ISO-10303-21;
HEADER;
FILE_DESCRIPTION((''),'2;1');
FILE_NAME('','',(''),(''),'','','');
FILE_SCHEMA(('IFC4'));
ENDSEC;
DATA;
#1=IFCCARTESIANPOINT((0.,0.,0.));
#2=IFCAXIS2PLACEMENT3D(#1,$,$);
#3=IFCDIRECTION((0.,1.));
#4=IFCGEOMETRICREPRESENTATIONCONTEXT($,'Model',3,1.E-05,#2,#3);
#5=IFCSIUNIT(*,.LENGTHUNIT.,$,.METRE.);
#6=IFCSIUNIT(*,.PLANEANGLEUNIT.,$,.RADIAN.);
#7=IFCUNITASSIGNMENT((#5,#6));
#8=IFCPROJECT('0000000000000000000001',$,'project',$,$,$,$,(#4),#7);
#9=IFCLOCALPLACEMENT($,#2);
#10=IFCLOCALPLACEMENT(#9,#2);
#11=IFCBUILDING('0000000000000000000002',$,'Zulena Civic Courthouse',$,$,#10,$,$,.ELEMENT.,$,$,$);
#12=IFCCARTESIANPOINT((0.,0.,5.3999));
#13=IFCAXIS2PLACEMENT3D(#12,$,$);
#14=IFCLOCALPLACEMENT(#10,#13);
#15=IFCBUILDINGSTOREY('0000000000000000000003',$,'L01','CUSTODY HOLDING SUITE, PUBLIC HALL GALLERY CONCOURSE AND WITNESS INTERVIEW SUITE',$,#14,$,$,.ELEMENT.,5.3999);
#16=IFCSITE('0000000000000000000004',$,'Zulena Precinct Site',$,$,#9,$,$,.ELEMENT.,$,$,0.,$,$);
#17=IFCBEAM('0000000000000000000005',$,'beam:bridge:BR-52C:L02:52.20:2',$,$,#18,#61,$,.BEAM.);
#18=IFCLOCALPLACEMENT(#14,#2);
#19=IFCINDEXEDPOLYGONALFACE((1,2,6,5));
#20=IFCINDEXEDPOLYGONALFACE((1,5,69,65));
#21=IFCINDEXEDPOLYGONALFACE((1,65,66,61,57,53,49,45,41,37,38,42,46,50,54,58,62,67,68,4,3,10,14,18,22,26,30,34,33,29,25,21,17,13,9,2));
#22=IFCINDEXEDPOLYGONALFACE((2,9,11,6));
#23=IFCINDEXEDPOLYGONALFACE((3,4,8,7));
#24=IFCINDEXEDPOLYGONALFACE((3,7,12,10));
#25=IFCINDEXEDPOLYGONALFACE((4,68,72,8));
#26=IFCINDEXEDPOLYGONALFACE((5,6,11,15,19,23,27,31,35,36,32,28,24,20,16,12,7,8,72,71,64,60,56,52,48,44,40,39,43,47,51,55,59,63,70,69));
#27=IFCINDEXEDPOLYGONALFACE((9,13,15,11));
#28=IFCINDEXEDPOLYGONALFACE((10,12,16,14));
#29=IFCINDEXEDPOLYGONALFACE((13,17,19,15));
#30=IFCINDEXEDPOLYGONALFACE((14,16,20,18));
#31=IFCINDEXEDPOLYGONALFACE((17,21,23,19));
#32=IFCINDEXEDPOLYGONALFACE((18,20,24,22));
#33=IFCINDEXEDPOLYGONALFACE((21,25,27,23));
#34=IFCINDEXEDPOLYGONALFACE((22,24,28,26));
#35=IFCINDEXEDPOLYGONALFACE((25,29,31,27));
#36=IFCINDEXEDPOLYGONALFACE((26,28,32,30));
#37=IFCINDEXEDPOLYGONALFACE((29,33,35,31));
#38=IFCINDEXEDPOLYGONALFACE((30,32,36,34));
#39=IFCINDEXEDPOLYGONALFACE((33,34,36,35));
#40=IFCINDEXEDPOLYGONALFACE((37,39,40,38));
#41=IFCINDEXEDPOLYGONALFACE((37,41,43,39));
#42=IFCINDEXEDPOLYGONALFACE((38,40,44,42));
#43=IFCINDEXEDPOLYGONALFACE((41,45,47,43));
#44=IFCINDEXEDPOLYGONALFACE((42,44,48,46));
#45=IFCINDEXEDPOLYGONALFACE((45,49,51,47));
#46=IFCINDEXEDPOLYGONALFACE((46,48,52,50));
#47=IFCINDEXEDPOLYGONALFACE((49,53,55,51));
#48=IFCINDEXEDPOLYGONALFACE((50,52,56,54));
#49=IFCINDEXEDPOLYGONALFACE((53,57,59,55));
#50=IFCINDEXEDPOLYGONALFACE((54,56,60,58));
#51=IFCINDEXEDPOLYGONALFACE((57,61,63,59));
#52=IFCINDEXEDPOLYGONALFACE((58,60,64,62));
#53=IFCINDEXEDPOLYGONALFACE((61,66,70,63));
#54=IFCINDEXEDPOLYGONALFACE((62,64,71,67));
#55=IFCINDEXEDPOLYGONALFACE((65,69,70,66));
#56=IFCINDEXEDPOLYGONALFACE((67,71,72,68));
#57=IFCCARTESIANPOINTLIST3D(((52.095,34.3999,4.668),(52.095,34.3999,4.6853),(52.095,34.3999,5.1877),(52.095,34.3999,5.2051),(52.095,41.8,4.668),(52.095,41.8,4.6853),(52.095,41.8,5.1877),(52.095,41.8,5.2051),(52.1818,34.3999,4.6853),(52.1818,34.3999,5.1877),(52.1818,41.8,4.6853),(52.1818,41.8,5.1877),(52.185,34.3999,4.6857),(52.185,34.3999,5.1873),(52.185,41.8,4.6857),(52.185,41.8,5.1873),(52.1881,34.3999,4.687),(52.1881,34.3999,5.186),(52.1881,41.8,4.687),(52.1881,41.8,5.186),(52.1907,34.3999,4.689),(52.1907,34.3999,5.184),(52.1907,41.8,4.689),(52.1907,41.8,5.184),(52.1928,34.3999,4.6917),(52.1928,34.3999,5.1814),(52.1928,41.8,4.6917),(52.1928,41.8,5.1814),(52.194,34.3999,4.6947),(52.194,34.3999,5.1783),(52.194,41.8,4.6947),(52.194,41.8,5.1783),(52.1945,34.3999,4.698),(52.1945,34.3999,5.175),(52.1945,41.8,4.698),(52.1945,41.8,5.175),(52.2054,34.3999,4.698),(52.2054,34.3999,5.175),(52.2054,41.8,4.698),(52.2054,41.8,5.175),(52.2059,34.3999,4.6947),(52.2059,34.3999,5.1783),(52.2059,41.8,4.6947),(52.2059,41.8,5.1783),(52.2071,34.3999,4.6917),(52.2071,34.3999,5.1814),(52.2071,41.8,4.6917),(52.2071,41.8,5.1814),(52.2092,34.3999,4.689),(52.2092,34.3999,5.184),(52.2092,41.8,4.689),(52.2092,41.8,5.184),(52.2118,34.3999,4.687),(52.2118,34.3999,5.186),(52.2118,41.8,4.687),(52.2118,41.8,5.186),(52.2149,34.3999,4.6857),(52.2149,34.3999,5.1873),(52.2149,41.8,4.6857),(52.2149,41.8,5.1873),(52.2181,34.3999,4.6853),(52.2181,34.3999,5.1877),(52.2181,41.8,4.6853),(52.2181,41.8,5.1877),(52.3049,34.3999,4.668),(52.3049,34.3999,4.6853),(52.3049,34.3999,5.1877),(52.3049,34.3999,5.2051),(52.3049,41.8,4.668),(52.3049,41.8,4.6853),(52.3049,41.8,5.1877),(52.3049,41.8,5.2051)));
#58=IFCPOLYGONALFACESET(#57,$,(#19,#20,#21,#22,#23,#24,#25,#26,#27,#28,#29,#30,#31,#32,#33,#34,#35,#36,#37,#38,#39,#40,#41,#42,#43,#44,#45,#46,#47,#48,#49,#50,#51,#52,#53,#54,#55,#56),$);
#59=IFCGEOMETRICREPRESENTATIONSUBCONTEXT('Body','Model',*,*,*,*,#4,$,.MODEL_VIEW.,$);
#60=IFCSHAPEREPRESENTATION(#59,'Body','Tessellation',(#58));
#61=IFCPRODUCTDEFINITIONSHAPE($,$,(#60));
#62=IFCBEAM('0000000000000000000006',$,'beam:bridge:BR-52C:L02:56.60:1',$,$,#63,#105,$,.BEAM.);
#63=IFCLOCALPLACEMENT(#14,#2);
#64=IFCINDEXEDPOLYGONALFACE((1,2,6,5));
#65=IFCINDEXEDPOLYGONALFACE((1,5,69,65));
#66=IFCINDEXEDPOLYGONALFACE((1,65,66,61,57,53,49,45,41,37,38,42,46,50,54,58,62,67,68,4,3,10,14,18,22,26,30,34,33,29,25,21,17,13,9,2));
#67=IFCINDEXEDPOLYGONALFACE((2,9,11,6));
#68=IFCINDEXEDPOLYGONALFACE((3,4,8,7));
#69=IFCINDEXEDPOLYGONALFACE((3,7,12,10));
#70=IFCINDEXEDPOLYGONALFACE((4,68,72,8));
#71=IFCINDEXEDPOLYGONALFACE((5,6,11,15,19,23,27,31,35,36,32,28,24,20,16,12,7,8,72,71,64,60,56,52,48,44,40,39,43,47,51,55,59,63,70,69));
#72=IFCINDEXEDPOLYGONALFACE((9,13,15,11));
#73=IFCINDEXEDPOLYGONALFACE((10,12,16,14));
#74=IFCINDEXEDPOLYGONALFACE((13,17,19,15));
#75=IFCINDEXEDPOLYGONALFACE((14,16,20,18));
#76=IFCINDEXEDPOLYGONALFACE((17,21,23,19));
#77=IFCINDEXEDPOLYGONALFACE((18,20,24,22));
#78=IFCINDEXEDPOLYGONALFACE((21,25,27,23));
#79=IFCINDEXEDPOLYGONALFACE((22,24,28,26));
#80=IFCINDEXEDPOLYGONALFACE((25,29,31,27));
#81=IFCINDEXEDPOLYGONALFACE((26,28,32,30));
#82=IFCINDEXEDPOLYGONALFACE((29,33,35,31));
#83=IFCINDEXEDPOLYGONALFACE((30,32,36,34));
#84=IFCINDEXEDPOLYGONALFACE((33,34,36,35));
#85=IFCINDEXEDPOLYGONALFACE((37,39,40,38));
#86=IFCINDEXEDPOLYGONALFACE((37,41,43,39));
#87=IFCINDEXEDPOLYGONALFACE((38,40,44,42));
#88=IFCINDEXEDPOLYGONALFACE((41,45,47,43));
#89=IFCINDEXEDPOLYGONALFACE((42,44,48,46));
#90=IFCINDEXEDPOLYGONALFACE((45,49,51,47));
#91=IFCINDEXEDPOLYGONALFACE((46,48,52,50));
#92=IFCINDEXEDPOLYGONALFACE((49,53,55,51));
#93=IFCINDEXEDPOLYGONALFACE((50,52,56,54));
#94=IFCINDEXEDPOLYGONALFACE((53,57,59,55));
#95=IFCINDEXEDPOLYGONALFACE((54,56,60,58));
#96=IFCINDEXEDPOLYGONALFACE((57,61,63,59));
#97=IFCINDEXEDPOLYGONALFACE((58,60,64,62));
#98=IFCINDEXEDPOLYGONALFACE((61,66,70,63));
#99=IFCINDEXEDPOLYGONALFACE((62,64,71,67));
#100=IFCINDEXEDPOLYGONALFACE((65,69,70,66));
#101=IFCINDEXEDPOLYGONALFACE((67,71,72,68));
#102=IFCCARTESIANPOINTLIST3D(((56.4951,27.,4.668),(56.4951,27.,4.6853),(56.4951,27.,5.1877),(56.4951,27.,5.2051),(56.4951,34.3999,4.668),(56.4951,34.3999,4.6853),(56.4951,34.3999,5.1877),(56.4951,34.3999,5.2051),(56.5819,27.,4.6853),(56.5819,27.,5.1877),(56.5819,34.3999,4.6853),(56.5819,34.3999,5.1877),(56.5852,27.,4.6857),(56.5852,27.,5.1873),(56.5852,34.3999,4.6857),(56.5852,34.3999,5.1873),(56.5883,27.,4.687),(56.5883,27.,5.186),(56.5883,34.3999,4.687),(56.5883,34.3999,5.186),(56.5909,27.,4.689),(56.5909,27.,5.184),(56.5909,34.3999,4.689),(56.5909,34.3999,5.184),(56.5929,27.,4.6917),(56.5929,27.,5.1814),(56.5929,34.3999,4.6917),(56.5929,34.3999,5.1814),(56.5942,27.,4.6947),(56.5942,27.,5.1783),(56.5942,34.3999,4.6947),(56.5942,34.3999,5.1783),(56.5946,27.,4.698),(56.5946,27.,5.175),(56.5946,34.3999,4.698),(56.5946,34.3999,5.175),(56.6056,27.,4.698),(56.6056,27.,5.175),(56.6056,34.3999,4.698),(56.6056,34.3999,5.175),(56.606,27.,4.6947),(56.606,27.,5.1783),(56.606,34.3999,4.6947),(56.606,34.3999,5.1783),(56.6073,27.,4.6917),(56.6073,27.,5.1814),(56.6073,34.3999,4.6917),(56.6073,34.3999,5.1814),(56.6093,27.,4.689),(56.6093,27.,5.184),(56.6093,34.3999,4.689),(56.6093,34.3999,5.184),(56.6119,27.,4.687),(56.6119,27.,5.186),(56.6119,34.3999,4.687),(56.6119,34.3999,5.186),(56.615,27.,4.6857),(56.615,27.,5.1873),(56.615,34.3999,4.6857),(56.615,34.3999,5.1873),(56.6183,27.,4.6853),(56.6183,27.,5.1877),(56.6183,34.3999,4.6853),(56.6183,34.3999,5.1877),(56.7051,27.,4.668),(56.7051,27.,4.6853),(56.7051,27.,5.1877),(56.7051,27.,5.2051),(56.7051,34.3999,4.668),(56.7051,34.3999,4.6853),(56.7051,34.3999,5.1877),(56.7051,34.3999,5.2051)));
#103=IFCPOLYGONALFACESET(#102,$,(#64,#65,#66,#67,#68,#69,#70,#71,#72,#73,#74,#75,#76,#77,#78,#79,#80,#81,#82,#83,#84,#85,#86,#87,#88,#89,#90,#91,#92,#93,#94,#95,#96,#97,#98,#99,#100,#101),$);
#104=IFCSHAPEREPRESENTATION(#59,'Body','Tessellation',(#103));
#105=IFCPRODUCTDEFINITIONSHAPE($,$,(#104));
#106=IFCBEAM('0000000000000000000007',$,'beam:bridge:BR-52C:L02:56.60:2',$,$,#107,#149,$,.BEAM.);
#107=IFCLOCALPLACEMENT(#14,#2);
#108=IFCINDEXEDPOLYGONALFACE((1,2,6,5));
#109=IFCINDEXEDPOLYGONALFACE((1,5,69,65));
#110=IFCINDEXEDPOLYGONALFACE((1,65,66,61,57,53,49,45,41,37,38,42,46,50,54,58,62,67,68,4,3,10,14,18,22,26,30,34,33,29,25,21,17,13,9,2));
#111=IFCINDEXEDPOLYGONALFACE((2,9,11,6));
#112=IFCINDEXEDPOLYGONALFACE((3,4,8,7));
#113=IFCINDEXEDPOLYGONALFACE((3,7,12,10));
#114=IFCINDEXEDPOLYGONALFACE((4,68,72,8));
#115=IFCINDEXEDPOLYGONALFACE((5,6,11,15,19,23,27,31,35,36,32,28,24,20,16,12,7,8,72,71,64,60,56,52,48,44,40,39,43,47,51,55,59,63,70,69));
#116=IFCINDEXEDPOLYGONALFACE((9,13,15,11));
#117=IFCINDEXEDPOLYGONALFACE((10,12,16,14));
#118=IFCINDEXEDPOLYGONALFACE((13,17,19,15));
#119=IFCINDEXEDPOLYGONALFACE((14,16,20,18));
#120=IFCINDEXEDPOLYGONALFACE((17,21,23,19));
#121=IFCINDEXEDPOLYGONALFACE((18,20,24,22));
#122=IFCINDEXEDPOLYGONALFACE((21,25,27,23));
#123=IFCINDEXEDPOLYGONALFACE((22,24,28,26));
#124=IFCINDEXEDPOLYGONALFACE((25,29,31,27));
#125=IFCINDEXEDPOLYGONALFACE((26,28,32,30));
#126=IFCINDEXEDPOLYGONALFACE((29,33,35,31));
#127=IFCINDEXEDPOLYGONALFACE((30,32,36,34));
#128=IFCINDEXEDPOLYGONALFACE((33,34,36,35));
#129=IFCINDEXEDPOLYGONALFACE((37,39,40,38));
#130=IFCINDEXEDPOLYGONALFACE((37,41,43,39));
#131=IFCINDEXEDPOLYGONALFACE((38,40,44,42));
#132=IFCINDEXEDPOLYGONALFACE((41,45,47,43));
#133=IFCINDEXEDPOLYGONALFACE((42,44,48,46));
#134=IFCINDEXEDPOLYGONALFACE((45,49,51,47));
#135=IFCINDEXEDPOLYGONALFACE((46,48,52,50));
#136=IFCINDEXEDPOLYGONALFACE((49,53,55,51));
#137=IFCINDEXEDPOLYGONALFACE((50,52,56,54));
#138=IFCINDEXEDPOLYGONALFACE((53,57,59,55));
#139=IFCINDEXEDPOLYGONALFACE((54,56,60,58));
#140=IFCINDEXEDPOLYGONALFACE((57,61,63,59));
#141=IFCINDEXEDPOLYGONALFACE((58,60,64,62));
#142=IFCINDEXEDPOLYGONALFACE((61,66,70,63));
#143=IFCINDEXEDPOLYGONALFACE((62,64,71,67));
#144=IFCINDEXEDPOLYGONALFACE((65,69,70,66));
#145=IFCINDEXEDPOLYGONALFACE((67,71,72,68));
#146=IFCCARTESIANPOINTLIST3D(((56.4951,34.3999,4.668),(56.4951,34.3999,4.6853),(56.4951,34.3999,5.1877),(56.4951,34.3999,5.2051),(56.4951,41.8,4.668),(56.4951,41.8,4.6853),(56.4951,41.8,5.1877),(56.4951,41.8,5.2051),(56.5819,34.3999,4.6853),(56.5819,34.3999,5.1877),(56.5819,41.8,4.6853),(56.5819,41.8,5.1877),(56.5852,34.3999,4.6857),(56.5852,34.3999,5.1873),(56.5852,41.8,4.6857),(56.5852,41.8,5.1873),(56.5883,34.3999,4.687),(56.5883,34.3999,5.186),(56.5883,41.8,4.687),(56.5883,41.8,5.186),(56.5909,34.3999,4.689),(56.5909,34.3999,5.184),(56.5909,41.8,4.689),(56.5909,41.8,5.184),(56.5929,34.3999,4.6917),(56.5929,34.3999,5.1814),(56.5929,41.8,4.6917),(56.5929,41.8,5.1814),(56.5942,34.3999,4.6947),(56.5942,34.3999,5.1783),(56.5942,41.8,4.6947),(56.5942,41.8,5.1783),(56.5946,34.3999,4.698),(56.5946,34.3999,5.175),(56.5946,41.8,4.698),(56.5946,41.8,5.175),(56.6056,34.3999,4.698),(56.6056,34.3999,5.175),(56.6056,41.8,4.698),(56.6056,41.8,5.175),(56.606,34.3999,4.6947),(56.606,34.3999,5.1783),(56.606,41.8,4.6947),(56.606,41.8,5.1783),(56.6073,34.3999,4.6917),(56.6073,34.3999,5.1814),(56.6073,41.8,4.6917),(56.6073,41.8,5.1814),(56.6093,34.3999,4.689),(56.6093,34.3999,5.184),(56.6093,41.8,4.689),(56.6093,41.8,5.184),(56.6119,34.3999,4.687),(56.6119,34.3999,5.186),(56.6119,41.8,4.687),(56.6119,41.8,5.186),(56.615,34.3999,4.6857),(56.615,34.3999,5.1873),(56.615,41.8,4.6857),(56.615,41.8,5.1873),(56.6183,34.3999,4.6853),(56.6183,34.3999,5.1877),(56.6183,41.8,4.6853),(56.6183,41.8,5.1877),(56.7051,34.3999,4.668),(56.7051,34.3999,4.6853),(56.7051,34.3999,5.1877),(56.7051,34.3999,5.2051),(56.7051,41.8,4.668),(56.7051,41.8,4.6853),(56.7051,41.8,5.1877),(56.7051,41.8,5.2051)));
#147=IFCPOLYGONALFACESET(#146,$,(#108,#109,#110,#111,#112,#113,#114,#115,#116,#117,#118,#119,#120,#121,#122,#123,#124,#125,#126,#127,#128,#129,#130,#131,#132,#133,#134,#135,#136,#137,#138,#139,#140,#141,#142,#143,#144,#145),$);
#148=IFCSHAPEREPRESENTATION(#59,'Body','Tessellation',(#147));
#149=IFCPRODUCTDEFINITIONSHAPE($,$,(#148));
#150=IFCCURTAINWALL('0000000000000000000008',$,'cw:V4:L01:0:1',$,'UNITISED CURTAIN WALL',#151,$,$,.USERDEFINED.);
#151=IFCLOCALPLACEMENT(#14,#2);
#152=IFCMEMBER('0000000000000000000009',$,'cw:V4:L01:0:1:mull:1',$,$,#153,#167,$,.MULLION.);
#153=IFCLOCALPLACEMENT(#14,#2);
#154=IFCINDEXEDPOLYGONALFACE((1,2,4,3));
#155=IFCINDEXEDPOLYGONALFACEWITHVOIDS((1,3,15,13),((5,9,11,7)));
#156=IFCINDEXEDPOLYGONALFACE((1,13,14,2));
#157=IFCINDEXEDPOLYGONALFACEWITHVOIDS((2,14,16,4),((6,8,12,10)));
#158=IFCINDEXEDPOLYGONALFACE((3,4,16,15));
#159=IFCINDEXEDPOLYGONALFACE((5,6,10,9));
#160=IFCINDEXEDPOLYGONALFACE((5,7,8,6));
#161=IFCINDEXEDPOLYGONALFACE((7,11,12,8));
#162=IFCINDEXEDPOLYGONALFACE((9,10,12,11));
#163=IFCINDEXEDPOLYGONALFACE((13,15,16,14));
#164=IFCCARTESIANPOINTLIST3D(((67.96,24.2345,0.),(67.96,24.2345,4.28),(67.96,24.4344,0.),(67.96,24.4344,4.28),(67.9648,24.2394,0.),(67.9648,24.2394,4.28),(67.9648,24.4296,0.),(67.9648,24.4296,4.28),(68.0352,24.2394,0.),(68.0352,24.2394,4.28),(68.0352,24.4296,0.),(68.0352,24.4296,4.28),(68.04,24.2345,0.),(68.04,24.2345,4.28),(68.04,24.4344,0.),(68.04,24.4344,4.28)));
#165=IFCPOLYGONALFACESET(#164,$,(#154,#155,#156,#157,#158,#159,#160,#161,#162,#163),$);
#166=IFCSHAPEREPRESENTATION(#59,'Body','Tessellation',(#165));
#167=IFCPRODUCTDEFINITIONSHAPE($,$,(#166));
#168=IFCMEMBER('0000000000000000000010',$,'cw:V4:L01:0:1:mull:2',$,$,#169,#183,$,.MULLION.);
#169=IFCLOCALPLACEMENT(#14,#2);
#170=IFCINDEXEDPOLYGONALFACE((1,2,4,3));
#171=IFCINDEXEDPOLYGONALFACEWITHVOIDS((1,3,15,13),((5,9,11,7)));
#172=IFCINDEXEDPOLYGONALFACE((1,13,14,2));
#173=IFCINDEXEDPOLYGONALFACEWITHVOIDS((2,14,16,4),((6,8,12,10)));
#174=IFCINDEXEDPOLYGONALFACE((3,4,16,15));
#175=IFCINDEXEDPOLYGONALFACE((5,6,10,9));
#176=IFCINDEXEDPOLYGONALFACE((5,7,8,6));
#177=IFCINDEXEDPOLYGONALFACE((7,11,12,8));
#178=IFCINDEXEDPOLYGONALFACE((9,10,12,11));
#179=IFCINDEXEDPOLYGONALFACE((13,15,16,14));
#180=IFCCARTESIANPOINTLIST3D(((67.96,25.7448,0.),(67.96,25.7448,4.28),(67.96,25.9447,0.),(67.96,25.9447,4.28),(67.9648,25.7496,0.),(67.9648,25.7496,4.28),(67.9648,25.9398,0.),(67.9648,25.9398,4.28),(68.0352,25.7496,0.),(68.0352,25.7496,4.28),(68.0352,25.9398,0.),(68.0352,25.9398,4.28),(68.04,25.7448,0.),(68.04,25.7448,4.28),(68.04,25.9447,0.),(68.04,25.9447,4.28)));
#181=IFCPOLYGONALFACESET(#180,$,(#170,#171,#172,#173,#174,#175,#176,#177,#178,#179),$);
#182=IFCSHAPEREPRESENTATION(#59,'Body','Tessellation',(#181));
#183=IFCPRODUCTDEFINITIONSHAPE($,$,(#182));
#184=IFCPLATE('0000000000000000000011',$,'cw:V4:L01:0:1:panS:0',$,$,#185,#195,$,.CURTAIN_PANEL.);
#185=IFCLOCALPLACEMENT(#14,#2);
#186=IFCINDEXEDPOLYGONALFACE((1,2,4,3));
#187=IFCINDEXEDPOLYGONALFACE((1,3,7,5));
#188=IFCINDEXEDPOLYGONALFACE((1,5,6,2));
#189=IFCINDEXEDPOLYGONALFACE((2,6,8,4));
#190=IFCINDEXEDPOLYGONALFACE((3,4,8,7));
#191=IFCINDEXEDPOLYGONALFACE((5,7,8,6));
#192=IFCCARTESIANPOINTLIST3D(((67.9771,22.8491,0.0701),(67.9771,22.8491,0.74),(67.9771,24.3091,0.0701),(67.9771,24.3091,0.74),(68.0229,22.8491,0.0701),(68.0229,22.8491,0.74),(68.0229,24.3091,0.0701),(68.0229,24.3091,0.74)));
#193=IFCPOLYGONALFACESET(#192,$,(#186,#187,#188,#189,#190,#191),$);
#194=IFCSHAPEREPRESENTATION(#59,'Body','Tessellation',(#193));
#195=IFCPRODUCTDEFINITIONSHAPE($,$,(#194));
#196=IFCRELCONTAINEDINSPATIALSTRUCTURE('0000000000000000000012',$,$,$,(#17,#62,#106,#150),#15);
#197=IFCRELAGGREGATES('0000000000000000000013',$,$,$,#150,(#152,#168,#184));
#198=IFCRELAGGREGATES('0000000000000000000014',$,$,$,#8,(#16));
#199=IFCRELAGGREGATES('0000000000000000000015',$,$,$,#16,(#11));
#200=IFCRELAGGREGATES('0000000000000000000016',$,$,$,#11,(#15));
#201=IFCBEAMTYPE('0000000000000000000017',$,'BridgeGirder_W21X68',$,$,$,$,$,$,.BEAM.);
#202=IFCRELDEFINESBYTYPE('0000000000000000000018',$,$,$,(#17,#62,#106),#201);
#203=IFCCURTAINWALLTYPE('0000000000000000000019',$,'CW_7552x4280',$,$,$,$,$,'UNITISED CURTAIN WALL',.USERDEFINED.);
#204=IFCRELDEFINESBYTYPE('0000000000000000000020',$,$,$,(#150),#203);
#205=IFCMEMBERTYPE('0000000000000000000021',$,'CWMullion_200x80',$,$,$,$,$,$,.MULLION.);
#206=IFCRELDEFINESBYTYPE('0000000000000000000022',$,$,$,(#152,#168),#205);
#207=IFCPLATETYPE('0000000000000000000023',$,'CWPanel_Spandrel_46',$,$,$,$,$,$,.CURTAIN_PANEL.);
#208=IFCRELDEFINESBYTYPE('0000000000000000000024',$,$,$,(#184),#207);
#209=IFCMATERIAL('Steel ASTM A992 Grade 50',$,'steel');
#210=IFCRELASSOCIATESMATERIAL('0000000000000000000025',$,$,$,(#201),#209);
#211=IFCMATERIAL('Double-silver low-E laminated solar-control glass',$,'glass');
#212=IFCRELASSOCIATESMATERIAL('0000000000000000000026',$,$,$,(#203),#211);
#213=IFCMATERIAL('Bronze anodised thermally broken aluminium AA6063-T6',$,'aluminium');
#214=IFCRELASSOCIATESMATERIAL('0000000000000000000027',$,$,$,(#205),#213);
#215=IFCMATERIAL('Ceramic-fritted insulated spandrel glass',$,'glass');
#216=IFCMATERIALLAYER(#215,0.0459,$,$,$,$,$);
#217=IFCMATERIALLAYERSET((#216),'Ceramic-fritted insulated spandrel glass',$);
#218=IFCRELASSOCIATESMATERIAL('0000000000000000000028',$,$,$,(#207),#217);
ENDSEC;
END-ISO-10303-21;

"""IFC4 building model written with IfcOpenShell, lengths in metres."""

from ifc_helpers import new_model, si_unit, direction, frame, origin, origin_2d, place, context, subcontext, project, spatial, rectangle, hollow_rectangle, i_section, extrude, material, layer, layer_set, material_profile, profile_set, type_object, element, aggregate, save


model = new_model("IFC4")

# Units and contexts
model_context = context("Model", 3, precision=1e-05, world=origin(), true_north=direction((0.0, 1.0)))
body_context = subcontext(model_context, "Body", "Model", "MODEL_VIEW")
ifc_project = project(units=[si_unit("LENGTHUNIT", "METRE"), si_unit("PLANEANGLEUNIT", "RADIAN")], contexts=[model_context])

# Site, building, storey
site_placement = place(None, origin())
site = spatial("IfcSite", under=ifc_project, at=site_placement, Name="Zulena Precinct Site", CompositionType="ELEMENT", RefElevation=0.0)
building_placement = place(site_placement, origin())
building = spatial("IfcBuilding", under=site, at=building_placement, Name="Zulena Civic Courthouse", CompositionType="ELEMENT")
storey_placement = place(building_placement, frame((0.0, 0.0, 5.3999)))
storey = spatial("IfcBuildingStorey", under=building, at=storey_placement, Name="L01", Description="CUSTODY HOLDING SUITE, PUBLIC HALL GALLERY CONCOURSE AND WITNESS INTERVIEW SUITE", CompositionType="ELEMENT", Elevation=5.3999)

# Shared definitions
ifc_material_1 = material(Name="Steel ASTM A992 Grade 50", Category="steel")

# Beams
ifc_material_profile_1 = material_profile(ifc_material_1, i_section(OverallWidth=0.21, OverallDepth=0.5371, WebThickness=0.011, FlangeThickness=0.0173, FilletRadius=0.0127, at=origin_2d()), Name="W21X68")
ifc_profile_set_1 = profile_set([ifc_material_profile_1], Name="Steel ASTM A992 Grade 50")
beam_type = type_object("IfcBeamType", Name="BridgeGirder_W21X68", PredefinedType="BEAM", material=ifc_profile_set_1)
beam_1_placement = place(storey_placement, frame((52.2, 34.3999, 4.9365), z_axis=(0.0, 1.0, 0.0), x_axis=(-1.0, 0.0, 0.0)))
element("IfcBeam", 1, at=beam_1_placement, inside=storey, type_object=beam_type, Name="beam:bridge:BR-52C:L02:52.20:2", PredefinedType="BEAM", context=body_context, shape_type="SweptSolid", body=[
    extrude(i_section(OverallWidth=0.21, OverallDepth=0.5371, WebThickness=0.011, FlangeThickness=0.0173, FilletRadius=0.0127, at=origin_2d()), origin(), (0.0, 0.0, 1.0), 7.4001),
])
beam_2_placement = place(storey_placement, frame((56.6001, 27.0, 4.9365), z_axis=(0.0, 1.0, 0.0), x_axis=(-1.0, 0.0, 0.0)))
element("IfcBeam", 2, at=beam_2_placement, inside=storey, type_object=beam_type, Name="beam:bridge:BR-52C:L02:56.60:1", PredefinedType="BEAM", context=body_context, shape_type="SweptSolid", body=[
    extrude(i_section(OverallWidth=0.21, OverallDepth=0.5371, WebThickness=0.011, FlangeThickness=0.0173, FilletRadius=0.0127, at=origin_2d()), origin(), (0.0, 0.0, 1.0), 7.3999),
])
beam_3_placement = place(storey_placement, frame((56.6001, 34.3999, 4.9365), z_axis=(0.0, 1.0, 0.0), x_axis=(-1.0, 0.0, 0.0)))
element("IfcBeam", 3, at=beam_3_placement, inside=storey, type_object=beam_type, Name="beam:bridge:BR-52C:L02:56.60:2", PredefinedType="BEAM", context=body_context, shape_type="SweptSolid", body=[
    extrude(i_section(OverallWidth=0.21, OverallDepth=0.5371, WebThickness=0.011, FlangeThickness=0.0173, FilletRadius=0.0127, at=origin_2d()), origin(), (0.0, 0.0, 1.0), 7.4001),
])

# Curtain wall, members, plate
ifc_material_2 = material(Name="Double-silver low-E laminated solar-control glass", Category="glass")
curtain_wall_type = type_object("IfcCurtainWallType", Name="CW_7552x4280", ElementType="UNITISED CURTAIN WALL", PredefinedType="USERDEFINED", material=ifc_material_2)
curtain_wall_placement = place(storey_placement, origin())
curtain_wall = element("IfcCurtainWall", 4, at=curtain_wall_placement, inside=storey, type_object=curtain_wall_type, Name="cw:V4:L01:0:1", ObjectType="UNITISED CURTAIN WALL", PredefinedType="USERDEFINED")
ifc_material_3 = material(Name="Bronze anodised thermally broken aluminium AA6063-T6", Category="aluminium")
ifc_material_profile_2 = material_profile(ifc_material_3, hollow_rectangle(XDim=0.0801, YDim=0.2, WallThickness=0.0049, at=origin_2d()), Name="CWM200X80X5")
ifc_profile_set_2 = profile_set([ifc_material_profile_2], Name="Bronze anodised thermally broken aluminium AA6063-T6")
member_type = type_object("IfcMemberType", Name="CWMullion_200x80", PredefinedType="MULLION", material=ifc_profile_set_2)
member_1_placement = place(storey_placement, frame((68.0, 24.3345, 0.0), z_axis=(0.0, 0.0, 1.0), x_axis=(1.0, 0.0, 0.0)))
member_1 = element("IfcMember", 5, at=member_1_placement, type_object=member_type, Name="cw:V4:L01:0:1:mull:1", PredefinedType="MULLION", context=body_context, shape_type="SweptSolid", body=[
    extrude(hollow_rectangle(XDim=0.0801, YDim=0.2, WallThickness=0.0049, at=origin_2d()), origin(), (0.0, 0.0, 1.0), 4.28),
])
member_2_placement = place(storey_placement, frame((68.0, 25.8447, 0.0), z_axis=(0.0, 0.0, 1.0), x_axis=(1.0, 0.0, 0.0)))
member_2 = element("IfcMember", 6, at=member_2_placement, type_object=member_type, Name="cw:V4:L01:0:1:mull:2", PredefinedType="MULLION", context=body_context, shape_type="SweptSolid", body=[
    extrude(hollow_rectangle(XDim=0.0801, YDim=0.2, WallThickness=0.0049, at=origin_2d()), origin(), (0.0, 0.0, 1.0), 4.28),
])
ifc_material_4 = material(Name="Ceramic-fritted insulated spandrel glass", Category="glass")
ifc_layer_1 = layer(ifc_material_4, 0.0459)
ifc_layer_set_1 = layer_set([ifc_layer_1], Name="Ceramic-fritted insulated spandrel glass")
plate_type_1 = type_object("IfcPlateType", Name="CWPanel_Spandrel_46", PredefinedType="CURTAIN_PANEL", material=ifc_layer_set_1)
plate_1_placement = place(storey_placement, frame((68.0, 23.5791, 0.0701), z_axis=(0.0, 0.0, 1.0), x_axis=(0.0, 1.0, 0.0)))
plate_1 = element("IfcPlate", 7, at=plate_1_placement, type_object=plate_type_1, Name="cw:V4:L01:0:1:panS:0", PredefinedType="CURTAIN_PANEL", context=body_context, shape_type="SweptSolid", body=[
    extrude(rectangle(XDim=1.46, YDim=0.0459, at=origin_2d()), origin(), (0.0, 0.0, 1.0), 0.6699),
])
aggregate(curtain_wall, [member_1, member_2, plate_1])

save(model, "model.ifc")
